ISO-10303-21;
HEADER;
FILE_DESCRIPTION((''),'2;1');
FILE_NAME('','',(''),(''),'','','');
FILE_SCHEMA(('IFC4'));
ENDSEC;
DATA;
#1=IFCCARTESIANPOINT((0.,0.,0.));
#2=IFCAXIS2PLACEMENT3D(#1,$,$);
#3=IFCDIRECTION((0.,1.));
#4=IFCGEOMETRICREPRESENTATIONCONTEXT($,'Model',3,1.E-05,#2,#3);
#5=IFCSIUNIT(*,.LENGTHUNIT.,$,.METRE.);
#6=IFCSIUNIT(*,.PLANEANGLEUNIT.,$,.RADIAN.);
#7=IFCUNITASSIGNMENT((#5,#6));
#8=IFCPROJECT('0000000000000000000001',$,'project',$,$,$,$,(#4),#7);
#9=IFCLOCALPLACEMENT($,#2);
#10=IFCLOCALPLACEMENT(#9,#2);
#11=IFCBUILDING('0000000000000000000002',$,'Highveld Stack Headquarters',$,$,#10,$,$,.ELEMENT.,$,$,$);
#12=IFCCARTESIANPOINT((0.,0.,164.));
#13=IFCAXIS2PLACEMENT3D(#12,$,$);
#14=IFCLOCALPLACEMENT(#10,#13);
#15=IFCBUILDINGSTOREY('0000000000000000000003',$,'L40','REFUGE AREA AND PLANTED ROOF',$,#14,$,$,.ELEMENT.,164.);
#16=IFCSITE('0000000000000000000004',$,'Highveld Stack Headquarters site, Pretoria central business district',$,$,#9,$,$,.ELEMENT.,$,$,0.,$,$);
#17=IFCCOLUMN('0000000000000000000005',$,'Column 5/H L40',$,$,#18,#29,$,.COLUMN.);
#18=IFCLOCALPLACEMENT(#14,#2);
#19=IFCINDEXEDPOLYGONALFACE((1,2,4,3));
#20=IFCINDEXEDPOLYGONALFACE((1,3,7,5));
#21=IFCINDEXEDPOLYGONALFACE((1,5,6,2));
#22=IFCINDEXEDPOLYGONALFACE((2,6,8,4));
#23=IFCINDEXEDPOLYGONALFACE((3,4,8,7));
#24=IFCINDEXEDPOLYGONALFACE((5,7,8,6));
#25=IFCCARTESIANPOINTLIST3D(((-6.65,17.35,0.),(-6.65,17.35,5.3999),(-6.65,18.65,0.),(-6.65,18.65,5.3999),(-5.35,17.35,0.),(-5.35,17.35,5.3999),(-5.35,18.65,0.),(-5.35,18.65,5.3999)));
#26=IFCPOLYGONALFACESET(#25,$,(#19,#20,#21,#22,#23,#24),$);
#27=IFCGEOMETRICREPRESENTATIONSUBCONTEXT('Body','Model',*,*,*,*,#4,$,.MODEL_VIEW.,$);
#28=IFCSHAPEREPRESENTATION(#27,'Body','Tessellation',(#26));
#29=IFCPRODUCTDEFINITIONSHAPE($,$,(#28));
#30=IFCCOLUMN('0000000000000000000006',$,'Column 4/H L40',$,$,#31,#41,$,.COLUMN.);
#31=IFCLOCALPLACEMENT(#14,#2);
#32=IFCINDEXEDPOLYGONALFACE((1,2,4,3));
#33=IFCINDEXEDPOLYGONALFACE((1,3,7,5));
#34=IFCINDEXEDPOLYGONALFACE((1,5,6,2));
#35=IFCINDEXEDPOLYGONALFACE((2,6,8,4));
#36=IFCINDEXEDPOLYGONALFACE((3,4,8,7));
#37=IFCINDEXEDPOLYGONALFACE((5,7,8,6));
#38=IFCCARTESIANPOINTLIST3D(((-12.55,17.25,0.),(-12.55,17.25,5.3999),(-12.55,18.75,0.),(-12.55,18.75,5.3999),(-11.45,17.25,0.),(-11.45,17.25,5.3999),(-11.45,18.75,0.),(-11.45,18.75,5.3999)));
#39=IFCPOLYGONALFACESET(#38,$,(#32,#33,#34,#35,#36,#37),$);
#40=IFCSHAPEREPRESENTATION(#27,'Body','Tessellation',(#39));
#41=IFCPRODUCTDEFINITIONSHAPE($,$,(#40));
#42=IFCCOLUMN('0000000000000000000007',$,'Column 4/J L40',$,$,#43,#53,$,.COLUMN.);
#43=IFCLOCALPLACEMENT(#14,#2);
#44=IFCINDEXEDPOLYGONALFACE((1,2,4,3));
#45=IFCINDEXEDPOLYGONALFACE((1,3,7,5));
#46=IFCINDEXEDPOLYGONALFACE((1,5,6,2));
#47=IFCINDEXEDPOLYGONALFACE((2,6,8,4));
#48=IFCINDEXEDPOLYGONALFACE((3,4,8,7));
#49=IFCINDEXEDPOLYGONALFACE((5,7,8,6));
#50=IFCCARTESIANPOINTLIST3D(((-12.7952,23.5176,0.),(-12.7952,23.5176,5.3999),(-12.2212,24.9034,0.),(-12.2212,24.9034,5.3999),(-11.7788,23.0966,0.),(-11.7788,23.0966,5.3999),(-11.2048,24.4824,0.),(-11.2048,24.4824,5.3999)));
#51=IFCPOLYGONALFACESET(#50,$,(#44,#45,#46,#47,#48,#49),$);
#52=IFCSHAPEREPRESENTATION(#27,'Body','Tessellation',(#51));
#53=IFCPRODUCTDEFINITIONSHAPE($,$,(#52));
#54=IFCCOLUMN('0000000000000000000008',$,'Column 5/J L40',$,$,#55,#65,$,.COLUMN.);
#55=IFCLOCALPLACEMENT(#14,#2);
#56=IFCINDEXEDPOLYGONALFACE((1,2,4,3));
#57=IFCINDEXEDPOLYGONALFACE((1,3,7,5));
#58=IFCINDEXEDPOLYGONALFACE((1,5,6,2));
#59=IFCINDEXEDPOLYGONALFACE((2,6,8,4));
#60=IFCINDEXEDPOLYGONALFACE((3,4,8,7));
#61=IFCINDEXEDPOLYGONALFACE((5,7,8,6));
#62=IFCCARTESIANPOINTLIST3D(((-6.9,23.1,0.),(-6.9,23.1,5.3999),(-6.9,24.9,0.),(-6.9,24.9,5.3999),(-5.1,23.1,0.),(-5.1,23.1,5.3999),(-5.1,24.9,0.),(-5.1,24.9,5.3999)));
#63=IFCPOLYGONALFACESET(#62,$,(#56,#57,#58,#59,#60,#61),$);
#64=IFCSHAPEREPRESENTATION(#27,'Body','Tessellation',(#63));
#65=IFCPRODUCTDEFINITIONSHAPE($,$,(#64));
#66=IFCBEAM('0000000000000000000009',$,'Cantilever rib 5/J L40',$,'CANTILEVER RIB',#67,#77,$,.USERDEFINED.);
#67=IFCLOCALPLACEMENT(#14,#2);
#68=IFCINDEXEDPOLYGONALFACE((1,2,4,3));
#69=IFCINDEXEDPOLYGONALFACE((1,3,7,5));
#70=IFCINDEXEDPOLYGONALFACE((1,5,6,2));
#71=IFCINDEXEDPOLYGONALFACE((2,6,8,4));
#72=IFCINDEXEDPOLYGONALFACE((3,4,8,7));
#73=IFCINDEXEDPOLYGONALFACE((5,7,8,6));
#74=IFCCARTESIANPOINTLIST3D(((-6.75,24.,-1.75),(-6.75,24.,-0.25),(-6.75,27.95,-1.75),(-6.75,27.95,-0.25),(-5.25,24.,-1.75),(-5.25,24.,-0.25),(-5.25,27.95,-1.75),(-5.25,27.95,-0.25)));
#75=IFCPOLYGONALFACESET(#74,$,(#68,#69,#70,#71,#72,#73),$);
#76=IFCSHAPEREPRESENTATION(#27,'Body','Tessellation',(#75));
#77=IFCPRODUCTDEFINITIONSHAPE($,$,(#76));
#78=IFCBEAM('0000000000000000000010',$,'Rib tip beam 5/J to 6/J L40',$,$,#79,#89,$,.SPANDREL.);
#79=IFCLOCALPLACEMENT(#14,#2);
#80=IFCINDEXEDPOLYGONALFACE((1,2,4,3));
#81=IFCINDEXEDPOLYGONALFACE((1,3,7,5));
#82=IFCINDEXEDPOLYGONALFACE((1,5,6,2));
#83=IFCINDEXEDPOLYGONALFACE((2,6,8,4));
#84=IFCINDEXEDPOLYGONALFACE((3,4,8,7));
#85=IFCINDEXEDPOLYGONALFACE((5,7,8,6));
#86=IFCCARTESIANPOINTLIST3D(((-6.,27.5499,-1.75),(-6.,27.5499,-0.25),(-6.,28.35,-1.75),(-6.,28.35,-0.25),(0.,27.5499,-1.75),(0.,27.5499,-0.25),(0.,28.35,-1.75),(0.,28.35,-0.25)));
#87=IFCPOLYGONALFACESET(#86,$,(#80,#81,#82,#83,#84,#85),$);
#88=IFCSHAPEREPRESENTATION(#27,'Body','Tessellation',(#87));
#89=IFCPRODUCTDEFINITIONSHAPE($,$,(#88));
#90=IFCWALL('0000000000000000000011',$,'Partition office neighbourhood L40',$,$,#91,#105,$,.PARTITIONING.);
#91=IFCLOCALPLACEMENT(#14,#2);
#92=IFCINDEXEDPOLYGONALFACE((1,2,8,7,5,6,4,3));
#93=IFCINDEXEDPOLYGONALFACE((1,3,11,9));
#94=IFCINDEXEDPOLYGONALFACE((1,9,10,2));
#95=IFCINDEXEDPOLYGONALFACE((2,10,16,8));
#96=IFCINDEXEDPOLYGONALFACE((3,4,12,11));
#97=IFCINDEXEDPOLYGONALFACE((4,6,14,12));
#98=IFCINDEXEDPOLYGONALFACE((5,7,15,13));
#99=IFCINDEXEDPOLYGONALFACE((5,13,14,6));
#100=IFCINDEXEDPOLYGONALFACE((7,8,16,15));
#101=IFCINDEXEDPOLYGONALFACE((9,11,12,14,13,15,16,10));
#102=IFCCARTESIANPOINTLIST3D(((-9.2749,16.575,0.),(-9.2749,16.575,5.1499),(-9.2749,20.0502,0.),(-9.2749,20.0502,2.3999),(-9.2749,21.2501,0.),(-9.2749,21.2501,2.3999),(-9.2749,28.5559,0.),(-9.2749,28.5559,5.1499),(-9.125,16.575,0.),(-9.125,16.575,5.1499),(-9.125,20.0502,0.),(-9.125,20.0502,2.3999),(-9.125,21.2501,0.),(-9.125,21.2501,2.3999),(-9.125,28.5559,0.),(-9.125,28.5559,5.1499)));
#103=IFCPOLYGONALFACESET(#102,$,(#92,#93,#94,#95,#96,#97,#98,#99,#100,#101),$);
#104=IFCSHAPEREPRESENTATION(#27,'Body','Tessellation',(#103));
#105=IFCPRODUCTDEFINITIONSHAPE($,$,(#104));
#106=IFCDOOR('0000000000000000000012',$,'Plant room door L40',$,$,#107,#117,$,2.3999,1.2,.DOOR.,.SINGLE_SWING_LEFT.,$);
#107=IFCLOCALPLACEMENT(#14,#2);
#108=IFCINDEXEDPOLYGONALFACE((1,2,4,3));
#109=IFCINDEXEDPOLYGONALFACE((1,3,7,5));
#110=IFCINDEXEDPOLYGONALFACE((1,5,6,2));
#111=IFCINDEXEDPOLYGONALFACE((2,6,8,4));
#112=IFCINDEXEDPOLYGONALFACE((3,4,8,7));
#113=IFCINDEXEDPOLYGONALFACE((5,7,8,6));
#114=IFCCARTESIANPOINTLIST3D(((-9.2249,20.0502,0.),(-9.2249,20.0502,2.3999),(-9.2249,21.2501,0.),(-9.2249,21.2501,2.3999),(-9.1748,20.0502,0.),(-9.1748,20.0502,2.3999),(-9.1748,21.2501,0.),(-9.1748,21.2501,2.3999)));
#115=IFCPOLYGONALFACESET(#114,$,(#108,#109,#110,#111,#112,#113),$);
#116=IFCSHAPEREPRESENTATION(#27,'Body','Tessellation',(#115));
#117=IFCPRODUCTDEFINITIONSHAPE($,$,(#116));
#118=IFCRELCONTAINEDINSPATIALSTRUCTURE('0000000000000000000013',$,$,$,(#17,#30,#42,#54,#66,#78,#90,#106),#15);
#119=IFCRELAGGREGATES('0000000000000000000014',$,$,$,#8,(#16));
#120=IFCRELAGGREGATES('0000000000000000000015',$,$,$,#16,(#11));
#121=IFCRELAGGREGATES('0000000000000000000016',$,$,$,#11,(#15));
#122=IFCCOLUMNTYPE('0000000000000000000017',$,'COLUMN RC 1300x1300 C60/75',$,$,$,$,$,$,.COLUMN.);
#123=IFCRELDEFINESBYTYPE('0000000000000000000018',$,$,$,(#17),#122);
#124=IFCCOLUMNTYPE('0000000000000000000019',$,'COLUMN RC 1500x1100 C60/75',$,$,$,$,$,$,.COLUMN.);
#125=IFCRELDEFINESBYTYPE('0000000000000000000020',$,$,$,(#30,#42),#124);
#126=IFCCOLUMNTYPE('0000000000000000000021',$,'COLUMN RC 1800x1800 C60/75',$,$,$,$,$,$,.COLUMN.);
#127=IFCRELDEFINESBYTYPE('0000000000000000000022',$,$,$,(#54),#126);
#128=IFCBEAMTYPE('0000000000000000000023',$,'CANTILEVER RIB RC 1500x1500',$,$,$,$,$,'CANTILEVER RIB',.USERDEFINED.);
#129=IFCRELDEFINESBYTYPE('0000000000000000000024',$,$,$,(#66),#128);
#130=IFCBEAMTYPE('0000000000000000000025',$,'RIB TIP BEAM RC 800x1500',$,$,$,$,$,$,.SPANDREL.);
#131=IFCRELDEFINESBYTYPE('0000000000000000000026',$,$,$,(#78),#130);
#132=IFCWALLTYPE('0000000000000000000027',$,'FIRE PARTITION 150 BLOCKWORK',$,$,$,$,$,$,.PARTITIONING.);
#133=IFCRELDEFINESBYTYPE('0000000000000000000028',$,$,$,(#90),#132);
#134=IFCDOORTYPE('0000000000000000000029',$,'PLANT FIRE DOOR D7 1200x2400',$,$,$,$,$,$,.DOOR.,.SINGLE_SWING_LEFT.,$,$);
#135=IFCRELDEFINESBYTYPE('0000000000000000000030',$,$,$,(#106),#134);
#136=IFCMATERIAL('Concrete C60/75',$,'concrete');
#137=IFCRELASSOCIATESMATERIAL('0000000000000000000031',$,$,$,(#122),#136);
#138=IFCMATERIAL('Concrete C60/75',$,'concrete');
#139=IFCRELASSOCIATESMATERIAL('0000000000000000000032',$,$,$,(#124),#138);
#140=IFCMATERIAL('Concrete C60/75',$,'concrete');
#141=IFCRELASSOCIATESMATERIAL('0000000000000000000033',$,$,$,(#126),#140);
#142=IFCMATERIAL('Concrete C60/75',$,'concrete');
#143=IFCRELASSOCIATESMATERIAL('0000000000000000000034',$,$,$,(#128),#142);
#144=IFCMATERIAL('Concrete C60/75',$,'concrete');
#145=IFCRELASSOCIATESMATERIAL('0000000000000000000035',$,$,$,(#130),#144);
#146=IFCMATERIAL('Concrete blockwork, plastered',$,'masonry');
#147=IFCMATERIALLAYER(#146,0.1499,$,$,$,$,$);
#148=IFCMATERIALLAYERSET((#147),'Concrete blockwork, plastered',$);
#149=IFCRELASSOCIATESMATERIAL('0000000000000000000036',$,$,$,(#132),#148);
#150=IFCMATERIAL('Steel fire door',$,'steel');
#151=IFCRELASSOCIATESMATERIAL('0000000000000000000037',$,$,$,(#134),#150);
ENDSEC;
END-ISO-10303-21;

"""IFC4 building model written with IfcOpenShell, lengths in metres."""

from ifc_helpers import new_model, si_unit, direction, frame, frame_2d, origin, origin_2d, place, context, subcontext, project, spatial, rectangle, extrude, material, layer, layer_set, material_profile, profile_set, type_object, element, fill, save


model = new_model("IFC4")

# Units and contexts
model_context = context("Model", 3, precision=1e-05, world=origin(), true_north=direction((0.0, 1.0)))
body_context = subcontext(model_context, "Body", "Model", "MODEL_VIEW")
ifc_project = project(units=[si_unit("LENGTHUNIT", "METRE"), si_unit("PLANEANGLEUNIT", "RADIAN")], contexts=[model_context])

# Site, building, storey
site_placement = place(None, origin())
site = spatial("IfcSite", under=ifc_project, at=site_placement, Name="Highveld Stack Headquarters site, Pretoria central business district", CompositionType="ELEMENT", RefElevation=0.0)
building_placement = place(site_placement, origin())
building = spatial("IfcBuilding", under=site, at=building_placement, Name="Highveld Stack Headquarters", CompositionType="ELEMENT")
storey_placement = place(building_placement, frame((0.0, 0.0, 164.0)))
storey = spatial("IfcBuildingStorey", under=building, at=storey_placement, Name="L40", Description="REFUGE AREA AND PLANTED ROOF", CompositionType="ELEMENT", Elevation=164.0)

# Columns
ifc_material_1 = material(Name="Concrete C60/75", Category="concrete")
ifc_material_profile_1 = material_profile(ifc_material_1, rectangle(XDim=1.3, YDim=1.3, at=origin_2d()), Name="RC 1300x1300")
ifc_profile_set_1 = profile_set([ifc_material_profile_1], Name="Concrete C60/75")
column_type_1 = type_object("IfcColumnType", Name="COLUMN RC 1300x1300 C60/75", PredefinedType="COLUMN", material=ifc_profile_set_1)
column_1_placement = place(storey_placement, frame((-6.0, 18.0, 0.0), z_axis=(0.0, 0.0, 1.0), x_axis=(1.0, 0.0, 0.0)))
element("IfcColumn", 1, at=column_1_placement, inside=storey, type_object=column_type_1, Name="Column 5/H L40", PredefinedType="COLUMN", context=body_context, shape_type="SweptSolid", body=[
    extrude(rectangle(XDim=1.3, YDim=1.3, at=origin_2d()), origin(), (0.0, 0.0, 1.0), 5.3999),
])
ifc_material_2 = material(Name="Concrete C60/75", Category="concrete")
ifc_material_profile_2 = material_profile(ifc_material_2, rectangle(XDim=1.5, YDim=1.1001, at=origin_2d()), Name="RC 1500x1100")
ifc_profile_set_2 = profile_set([ifc_material_profile_2], Name="Concrete C60/75")
column_type_2 = type_object("IfcColumnType", Name="COLUMN RC 1500x1100 C60/75", PredefinedType="COLUMN", material=ifc_profile_set_2)
for number, where, z_axis, x_axis, name in (
    (2, (-12.0, 18.0, 0.0), (0.0, 0.0, 1.0), (0.0, 1.0, 0.0), "Column 4/H L40"),
    (3, (-12.0, 24.0, 0.0), (0.0, 0.0, 1.0), (0.382683, 0.92388, 0.0), "Column 4/J L40"),
):
    element("IfcColumn", number, at=place(storey_placement, frame(where, z_axis=z_axis, x_axis=x_axis)), inside=storey, type_object=column_type_2, Name=name, PredefinedType="COLUMN", context=body_context, shape_type="SweptSolid", body=[
        extrude(rectangle(XDim=1.5, YDim=1.1001, at=origin_2d()), origin(), (0.0, 0.0, 1.0), 5.3999),
    ])
ifc_material_3 = material(Name="Concrete C60/75", Category="concrete")
ifc_material_profile_3 = material_profile(ifc_material_3, rectangle(XDim=1.8, YDim=1.8, at=origin_2d()), Name="RC 1800x1800")
ifc_profile_set_3 = profile_set([ifc_material_profile_3], Name="Concrete C60/75")
column_type_3 = type_object("IfcColumnType", Name="COLUMN RC 1800x1800 C60/75", PredefinedType="COLUMN", material=ifc_profile_set_3)
column_2_placement = place(storey_placement, frame((-6.0, 24.0, 0.0), z_axis=(0.0, 0.0, 1.0), x_axis=(1.0, 0.0, 0.0)))
element("IfcColumn", 4, at=column_2_placement, inside=storey, type_object=column_type_3, Name="Column 5/J L40", PredefinedType="COLUMN", context=body_context, shape_type="SweptSolid", body=[
    extrude(rectangle(XDim=1.8, YDim=1.8, at=origin_2d()), origin(), (0.0, 0.0, 1.0), 5.3999),
])

# Beams
ifc_material_4 = material(Name="Concrete C60/75", Category="concrete")
ifc_material_profile_4 = material_profile(ifc_material_4, rectangle(XDim=1.5, YDim=1.5, at=origin_2d()), Name="RC 1500x1500")
ifc_profile_set_4 = profile_set([ifc_material_profile_4], Name="Concrete C60/75")
beam_type_1 = type_object("IfcBeamType", Name="CANTILEVER RIB RC 1500x1500", ElementType="CANTILEVER RIB", PredefinedType="USERDEFINED", material=ifc_profile_set_4)
beam_1_placement = place(storey_placement, frame((-6.0, 24.0, -1.0), z_axis=(0.0, 1.0, 0.0), x_axis=(-1.0, 0.0, 0.0)))
element("IfcBeam", 5, at=beam_1_placement, inside=storey, type_object=beam_type_1, Name="Cantilever rib 5/J L40", ObjectType="CANTILEVER RIB", PredefinedType="USERDEFINED", context=body_context, shape_type="SweptSolid", body=[
    extrude(rectangle(XDim=1.5, YDim=1.5, at=origin_2d()), origin(), (0.0, 0.0, 1.0), 3.95),
])
ifc_material_5 = material(Name="Concrete C60/75", Category="concrete")
ifc_material_profile_5 = material_profile(ifc_material_5, rectangle(XDim=0.8, YDim=1.5, at=origin_2d()), Name="RC 800x1500")
ifc_profile_set_5 = profile_set([ifc_material_profile_5], Name="Concrete C60/75")
beam_type_2 = type_object("IfcBeamType", Name="RIB TIP BEAM RC 800x1500", PredefinedType="SPANDREL", material=ifc_profile_set_5)
beam_2_placement = place(storey_placement, frame((-6.0, 27.95, -1.0), z_axis=(1.0, 0.0, 0.0), x_axis=(0.0, 1.0, 0.0)))
element("IfcBeam", 6, at=beam_2_placement, inside=storey, type_object=beam_type_2, Name="Rib tip beam 5/J to 6/J L40", PredefinedType="SPANDREL", context=body_context, shape_type="SweptSolid", body=[
    extrude(rectangle(XDim=0.8, YDim=1.5, at=origin_2d()), origin(), (0.0, 0.0, 1.0), 6.0),
])

# Wall, opening, door
ifc_material_6 = material(Name="Concrete blockwork, plastered", Category="masonry")
ifc_layer_1 = layer(ifc_material_6, 0.1499)
ifc_layer_set_1 = layer_set([ifc_layer_1], Name="Concrete blockwork, plastered")
wall_type_1 = type_object("IfcWallType", Name="FIRE PARTITION 150 BLOCKWORK", PredefinedType="PARTITIONING", material=ifc_layer_set_1)
wall_1_placement = place(storey_placement, frame((-9.2, 16.575, 0.0), z_axis=(0.0, 0.0, 1.0), x_axis=(0.0, 1.0, 0.0)))
wall_1 = element("IfcWall", 7, at=wall_1_placement, inside=storey, type_object=wall_type_1, Name="Partition office neighbourhood L40", PredefinedType="PARTITIONING", context=body_context, shape_type="SweptSolid", body=[
    extrude(rectangle(XDim=11.981, YDim=0.1499, at=frame_2d((5.9905, 0.0))), origin(), (0.0, 0.0, 1.0), 5.1499),
])
opening_1_placement = place(wall_1_placement, frame((3.4751, 0.0, 0.0)))
opening_1 = element("IfcOpeningElement", 8, at=opening_1_placement, cuts=wall_1, PredefinedType="OPENING", context=body_context, shape_type="SweptSolid", body=[
    extrude(rectangle(XDim=1.2, YDim=2.3999, at=frame_2d((0.6001, 1.2))), frame((0.0, 0.085, 0.0), z_axis=(0.0, -1.0, 0.0), x_axis=(1.0, 0.0, 0.0)), (0.0, 0.0, 1.0), 0.1699),
])
ifc_material_7 = material(Name="Steel fire door", Category="steel")
door_type = type_object("IfcDoorType", Name="PLANT FIRE DOOR D7 1200x2400", OperationType="SINGLE_SWING_LEFT", PredefinedType="DOOR", material=ifc_material_7)
door_placement = place(opening_1_placement, origin())
door = element("IfcDoor", 9, at=door_placement, inside=storey, type_object=door_type, Name="Plant room door L40", OperationType="SINGLE_SWING_LEFT", OverallHeight=2.3999, OverallWidth=1.2, PredefinedType="DOOR", context=body_context, shape_type="SweptSolid", body=[
    extrude(rectangle(XDim=1.2, YDim=2.3999, at=frame_2d((0.6001, 1.2))), frame((0.0, 0.0249, 0.0), z_axis=(0.0, -1.0, 0.0), x_axis=(1.0, 0.0, 0.0)), (0.0, 0.0, 1.0), 0.05),
])
fill(opening_1, door)

save(model, "model.ifc")
